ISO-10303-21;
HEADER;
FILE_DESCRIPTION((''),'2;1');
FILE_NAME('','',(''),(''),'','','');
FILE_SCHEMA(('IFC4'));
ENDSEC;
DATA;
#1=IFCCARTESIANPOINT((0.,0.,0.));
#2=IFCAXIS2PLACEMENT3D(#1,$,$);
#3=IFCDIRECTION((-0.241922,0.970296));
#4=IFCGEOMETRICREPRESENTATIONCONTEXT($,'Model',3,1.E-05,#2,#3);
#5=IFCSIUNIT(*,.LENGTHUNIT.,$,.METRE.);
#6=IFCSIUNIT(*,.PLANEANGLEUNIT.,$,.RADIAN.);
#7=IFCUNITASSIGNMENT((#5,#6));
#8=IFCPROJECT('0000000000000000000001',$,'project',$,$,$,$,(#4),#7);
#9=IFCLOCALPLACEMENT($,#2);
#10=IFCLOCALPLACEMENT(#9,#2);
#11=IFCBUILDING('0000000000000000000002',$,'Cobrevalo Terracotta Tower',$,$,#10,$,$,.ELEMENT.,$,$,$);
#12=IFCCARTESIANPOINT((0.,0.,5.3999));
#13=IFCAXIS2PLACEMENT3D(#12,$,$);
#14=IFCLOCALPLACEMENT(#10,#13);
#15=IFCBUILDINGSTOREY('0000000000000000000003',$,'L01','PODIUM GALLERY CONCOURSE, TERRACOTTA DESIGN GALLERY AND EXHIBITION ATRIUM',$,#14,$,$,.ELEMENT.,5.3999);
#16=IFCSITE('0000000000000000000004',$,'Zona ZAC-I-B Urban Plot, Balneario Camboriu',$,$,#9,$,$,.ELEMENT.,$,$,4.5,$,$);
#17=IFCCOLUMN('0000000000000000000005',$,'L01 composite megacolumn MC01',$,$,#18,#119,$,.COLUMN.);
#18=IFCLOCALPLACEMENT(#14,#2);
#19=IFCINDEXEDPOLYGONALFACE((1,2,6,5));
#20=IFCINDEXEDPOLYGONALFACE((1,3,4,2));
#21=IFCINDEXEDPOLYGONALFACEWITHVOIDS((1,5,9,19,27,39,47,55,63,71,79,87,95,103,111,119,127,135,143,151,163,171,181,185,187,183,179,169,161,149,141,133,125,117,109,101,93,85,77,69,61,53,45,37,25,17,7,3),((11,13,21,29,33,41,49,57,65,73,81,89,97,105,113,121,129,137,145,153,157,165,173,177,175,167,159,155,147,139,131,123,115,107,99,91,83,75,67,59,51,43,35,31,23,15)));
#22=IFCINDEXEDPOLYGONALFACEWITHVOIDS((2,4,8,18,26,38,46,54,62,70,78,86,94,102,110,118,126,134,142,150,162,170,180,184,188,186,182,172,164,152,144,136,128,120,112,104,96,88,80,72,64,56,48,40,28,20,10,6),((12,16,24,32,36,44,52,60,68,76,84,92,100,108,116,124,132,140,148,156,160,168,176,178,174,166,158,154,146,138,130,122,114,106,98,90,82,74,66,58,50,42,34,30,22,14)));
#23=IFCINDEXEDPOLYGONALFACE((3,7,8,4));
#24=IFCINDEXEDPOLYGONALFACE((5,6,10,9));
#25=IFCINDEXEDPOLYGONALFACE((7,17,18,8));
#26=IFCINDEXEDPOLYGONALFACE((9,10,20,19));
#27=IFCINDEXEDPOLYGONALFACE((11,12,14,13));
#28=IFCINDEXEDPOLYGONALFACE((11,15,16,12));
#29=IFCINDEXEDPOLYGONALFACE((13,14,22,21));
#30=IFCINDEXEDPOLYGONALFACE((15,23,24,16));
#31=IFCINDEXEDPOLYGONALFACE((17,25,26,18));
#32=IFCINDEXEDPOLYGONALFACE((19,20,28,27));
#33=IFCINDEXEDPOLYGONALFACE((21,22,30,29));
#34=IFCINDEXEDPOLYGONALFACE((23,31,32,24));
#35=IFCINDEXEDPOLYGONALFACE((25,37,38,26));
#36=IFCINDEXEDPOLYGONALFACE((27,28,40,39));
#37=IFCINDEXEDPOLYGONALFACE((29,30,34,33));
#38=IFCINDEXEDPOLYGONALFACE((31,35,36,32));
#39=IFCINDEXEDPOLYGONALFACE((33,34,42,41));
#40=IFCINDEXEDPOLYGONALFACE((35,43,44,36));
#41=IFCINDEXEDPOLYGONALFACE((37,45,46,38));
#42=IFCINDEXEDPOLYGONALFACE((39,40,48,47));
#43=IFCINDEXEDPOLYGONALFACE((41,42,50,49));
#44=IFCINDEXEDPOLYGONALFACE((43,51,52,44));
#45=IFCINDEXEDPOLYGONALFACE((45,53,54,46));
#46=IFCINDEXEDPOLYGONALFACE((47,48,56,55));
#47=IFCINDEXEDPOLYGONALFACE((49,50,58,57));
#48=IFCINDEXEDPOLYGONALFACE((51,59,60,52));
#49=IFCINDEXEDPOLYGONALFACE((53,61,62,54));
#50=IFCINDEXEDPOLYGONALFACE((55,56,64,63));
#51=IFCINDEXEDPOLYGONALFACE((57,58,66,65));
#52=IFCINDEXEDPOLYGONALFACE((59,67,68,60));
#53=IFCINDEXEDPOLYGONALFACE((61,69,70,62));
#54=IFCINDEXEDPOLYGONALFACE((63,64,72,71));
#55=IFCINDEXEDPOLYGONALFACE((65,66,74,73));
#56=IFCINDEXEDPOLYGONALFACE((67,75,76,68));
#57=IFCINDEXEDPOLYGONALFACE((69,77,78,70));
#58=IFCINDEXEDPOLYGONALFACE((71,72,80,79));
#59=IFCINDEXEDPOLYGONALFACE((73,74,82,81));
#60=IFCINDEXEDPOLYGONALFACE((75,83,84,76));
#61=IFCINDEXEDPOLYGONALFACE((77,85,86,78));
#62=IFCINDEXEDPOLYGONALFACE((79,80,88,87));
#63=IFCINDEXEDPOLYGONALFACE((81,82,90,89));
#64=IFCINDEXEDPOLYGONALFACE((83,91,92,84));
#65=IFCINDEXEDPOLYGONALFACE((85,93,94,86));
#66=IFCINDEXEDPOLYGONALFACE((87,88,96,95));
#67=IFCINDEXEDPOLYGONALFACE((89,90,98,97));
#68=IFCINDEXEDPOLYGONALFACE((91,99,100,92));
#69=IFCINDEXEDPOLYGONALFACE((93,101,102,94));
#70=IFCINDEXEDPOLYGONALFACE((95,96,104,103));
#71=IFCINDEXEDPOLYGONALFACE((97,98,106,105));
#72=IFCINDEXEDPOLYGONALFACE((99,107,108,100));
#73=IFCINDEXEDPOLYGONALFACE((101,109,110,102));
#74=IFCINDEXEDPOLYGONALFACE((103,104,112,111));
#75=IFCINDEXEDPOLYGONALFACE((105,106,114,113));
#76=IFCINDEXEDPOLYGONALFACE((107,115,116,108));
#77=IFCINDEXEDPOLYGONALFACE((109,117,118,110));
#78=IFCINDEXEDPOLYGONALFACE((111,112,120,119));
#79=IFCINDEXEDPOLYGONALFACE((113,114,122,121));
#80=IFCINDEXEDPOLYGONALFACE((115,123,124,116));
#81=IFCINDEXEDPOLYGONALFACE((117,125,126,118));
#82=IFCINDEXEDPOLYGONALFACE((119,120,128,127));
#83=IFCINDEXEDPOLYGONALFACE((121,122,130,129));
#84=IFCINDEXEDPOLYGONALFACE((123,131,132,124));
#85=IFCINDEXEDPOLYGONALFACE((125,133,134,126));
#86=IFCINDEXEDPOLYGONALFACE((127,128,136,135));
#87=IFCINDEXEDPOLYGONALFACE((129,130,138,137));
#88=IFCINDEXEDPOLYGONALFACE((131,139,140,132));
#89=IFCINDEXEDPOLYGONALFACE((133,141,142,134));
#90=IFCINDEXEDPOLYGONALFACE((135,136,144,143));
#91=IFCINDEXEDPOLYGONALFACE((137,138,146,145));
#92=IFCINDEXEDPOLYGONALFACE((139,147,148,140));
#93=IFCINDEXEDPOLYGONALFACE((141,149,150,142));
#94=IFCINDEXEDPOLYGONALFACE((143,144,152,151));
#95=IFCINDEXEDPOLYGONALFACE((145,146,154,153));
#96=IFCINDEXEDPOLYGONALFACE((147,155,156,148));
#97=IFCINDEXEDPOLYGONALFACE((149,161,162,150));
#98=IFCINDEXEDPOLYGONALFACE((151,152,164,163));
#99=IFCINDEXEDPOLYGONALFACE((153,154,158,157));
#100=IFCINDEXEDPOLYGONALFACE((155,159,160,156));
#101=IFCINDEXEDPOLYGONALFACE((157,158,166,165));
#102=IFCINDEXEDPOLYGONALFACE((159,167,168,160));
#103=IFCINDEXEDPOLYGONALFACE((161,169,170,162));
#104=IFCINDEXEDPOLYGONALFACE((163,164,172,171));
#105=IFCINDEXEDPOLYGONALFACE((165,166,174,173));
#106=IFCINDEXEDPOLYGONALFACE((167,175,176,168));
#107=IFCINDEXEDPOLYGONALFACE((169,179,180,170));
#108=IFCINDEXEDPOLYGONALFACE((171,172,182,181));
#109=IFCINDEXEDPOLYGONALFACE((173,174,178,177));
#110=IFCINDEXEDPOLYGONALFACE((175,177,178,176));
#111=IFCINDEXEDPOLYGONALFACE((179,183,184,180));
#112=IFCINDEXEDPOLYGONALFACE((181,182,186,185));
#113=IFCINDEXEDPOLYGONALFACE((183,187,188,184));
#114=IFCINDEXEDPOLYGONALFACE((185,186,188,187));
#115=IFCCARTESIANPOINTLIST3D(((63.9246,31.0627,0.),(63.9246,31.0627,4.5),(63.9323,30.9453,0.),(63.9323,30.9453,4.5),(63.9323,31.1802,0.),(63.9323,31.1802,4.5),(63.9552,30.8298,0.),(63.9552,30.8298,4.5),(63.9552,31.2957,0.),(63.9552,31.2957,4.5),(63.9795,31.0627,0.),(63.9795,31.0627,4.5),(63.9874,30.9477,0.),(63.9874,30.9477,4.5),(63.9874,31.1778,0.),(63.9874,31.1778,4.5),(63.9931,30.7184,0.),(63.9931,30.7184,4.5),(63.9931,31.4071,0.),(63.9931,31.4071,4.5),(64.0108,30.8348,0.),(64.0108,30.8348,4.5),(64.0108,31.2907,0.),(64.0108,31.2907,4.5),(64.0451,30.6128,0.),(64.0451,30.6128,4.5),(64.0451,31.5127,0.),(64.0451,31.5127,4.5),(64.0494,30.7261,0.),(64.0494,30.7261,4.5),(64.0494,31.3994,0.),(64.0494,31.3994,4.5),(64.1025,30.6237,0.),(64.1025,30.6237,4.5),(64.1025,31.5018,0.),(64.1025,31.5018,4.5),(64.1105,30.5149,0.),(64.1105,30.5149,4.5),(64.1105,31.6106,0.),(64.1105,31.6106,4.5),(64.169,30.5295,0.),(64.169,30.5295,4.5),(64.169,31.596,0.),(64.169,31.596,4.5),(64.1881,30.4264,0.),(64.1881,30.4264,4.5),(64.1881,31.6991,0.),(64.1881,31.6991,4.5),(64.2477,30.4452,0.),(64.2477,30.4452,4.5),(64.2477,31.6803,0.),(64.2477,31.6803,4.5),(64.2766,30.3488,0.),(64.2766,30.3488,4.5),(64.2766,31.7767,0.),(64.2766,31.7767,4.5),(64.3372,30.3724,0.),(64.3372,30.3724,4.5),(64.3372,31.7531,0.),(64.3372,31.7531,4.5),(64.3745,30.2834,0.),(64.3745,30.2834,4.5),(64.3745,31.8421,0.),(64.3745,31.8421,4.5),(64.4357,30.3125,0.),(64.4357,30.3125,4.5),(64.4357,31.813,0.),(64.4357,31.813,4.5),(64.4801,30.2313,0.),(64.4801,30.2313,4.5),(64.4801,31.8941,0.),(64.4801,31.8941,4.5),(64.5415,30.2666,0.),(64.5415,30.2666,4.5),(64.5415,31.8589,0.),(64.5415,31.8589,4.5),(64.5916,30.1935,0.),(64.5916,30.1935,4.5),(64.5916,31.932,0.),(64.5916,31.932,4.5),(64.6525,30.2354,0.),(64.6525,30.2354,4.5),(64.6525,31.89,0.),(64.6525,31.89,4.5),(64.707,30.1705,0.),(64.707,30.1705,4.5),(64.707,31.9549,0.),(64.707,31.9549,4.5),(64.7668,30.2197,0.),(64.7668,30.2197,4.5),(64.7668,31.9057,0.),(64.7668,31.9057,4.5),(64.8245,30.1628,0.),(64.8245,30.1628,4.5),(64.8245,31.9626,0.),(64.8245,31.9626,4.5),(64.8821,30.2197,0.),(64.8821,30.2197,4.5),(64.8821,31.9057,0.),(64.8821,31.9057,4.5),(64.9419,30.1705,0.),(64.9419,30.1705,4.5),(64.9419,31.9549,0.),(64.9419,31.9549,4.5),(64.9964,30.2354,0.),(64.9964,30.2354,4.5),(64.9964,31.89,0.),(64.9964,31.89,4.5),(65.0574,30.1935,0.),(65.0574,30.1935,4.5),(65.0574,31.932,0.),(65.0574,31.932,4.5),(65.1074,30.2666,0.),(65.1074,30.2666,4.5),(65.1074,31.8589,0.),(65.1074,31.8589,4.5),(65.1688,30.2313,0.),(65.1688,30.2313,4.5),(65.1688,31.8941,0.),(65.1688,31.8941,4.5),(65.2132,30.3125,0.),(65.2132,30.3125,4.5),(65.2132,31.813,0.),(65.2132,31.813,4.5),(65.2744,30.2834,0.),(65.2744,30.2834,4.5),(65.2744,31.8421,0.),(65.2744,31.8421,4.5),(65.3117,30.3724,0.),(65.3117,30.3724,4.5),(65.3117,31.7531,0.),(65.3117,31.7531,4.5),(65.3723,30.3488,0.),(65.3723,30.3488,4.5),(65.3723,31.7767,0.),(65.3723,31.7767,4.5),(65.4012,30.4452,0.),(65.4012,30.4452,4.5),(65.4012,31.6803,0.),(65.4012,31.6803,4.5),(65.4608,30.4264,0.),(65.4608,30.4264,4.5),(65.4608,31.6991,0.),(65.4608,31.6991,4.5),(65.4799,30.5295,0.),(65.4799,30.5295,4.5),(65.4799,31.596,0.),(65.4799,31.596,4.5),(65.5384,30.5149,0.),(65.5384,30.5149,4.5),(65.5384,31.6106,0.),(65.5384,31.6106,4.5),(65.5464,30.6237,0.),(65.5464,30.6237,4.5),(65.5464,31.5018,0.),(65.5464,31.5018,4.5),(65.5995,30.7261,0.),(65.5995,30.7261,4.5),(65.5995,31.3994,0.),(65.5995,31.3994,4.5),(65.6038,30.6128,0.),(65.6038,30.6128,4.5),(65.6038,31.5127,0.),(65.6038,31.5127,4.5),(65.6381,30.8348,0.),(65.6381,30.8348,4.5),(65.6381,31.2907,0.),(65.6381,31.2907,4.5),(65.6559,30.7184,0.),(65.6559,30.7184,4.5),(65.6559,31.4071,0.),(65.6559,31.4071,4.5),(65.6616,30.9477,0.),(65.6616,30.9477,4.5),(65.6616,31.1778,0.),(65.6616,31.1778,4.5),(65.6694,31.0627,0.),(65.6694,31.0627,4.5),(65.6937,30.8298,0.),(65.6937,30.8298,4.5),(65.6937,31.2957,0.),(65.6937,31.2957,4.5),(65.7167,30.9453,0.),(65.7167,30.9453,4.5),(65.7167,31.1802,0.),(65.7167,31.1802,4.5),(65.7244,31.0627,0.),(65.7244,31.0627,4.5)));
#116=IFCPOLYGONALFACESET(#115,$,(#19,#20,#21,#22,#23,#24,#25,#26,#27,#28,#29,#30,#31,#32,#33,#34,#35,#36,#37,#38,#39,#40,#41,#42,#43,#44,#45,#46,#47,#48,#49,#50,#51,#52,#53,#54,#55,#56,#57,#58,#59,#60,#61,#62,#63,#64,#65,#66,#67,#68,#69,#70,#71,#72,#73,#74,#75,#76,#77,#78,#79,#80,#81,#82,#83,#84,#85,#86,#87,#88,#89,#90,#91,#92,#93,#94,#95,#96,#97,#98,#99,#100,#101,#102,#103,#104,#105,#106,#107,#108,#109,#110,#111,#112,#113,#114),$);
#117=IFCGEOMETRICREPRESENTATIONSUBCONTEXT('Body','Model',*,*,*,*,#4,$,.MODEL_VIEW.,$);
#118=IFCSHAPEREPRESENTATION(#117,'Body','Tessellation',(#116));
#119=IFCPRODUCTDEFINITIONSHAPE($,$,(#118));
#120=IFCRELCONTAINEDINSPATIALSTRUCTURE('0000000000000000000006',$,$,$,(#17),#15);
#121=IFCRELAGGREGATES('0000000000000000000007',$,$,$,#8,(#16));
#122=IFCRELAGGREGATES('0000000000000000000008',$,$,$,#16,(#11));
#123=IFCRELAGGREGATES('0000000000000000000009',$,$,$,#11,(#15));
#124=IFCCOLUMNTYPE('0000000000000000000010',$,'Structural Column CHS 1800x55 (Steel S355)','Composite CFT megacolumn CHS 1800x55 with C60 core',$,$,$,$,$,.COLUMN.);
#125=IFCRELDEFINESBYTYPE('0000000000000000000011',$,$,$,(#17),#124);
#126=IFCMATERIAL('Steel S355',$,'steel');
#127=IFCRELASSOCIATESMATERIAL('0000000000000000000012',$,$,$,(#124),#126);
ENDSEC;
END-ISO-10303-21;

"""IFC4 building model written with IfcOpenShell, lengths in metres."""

from ifc_helpers import new_model, si_unit, direction, frame, origin, origin_2d, place, context, subcontext, project, spatial, hollow_circle, extrude, material, material_profile, profile_set, type_object, element, save


model = new_model("IFC4")

# Units and contexts
model_context = context("Model", 3, precision=1e-05, world=origin(), true_north=direction((-0.241922, 0.970296)))
body_context = subcontext(model_context, "Body", "Model", "MODEL_VIEW")
ifc_project = project(units=[si_unit("LENGTHUNIT", "METRE"), si_unit("PLANEANGLEUNIT", "RADIAN")], contexts=[model_context])

# Site, building, storey
site_placement = place(None, origin())
site = spatial("IfcSite", under=ifc_project, at=site_placement, Name="Zona ZAC-I-B Urban Plot, Balneario Camboriu", CompositionType="ELEMENT", RefElevation=4.5)
building_placement = place(site_placement, origin())
building = spatial("IfcBuilding", under=site, at=building_placement, Name="Cobrevalo Terracotta Tower", CompositionType="ELEMENT")
storey_placement = place(building_placement, frame((0.0, 0.0, 5.3999)))
storey = spatial("IfcBuildingStorey", under=building, at=storey_placement, Name="L01", Description="PODIUM GALLERY CONCOURSE, TERRACOTTA DESIGN GALLERY AND EXHIBITION ATRIUM", CompositionType="ELEMENT", Elevation=5.3999)

# Column
ifc_material_1 = material(Name="Steel S355", Category="steel")
ifc_material_profile_1 = material_profile(ifc_material_1, hollow_circle(Radius=0.8999, WallThickness=0.0549, at=origin_2d()), Name="CHS 1800x55")
ifc_profile_set_1 = profile_set([ifc_material_profile_1], Name="Steel S355")
column_type_1 = type_object("IfcColumnType", Name="Structural Column CHS 1800x55 (Steel S355)", Description="Composite CFT megacolumn CHS 1800x55 with C60 core", PredefinedType="COLUMN", material=ifc_profile_set_1)
for number, where, z_axis, x_axis, name in (
    (1, (64.8245, 31.0627, 0.0), (0.0, 0.0, 1.0), (1.0, 0.0, 0.0), "L01 composite megacolumn MC01"),
):
    element("IfcColumn", number, at=place(storey_placement, frame(where, z_axis=z_axis, x_axis=x_axis)), inside=storey, type_object=column_type_1, Name=name, PredefinedType="COLUMN", context=body_context, shape_type="SweptSolid", body=[
        extrude(hollow_circle(Radius=0.8999, WallThickness=0.0549, at=origin_2d()), origin(), (0.0, 0.0, 1.0), 4.5),
    ])

save(model, "model.ifc")
